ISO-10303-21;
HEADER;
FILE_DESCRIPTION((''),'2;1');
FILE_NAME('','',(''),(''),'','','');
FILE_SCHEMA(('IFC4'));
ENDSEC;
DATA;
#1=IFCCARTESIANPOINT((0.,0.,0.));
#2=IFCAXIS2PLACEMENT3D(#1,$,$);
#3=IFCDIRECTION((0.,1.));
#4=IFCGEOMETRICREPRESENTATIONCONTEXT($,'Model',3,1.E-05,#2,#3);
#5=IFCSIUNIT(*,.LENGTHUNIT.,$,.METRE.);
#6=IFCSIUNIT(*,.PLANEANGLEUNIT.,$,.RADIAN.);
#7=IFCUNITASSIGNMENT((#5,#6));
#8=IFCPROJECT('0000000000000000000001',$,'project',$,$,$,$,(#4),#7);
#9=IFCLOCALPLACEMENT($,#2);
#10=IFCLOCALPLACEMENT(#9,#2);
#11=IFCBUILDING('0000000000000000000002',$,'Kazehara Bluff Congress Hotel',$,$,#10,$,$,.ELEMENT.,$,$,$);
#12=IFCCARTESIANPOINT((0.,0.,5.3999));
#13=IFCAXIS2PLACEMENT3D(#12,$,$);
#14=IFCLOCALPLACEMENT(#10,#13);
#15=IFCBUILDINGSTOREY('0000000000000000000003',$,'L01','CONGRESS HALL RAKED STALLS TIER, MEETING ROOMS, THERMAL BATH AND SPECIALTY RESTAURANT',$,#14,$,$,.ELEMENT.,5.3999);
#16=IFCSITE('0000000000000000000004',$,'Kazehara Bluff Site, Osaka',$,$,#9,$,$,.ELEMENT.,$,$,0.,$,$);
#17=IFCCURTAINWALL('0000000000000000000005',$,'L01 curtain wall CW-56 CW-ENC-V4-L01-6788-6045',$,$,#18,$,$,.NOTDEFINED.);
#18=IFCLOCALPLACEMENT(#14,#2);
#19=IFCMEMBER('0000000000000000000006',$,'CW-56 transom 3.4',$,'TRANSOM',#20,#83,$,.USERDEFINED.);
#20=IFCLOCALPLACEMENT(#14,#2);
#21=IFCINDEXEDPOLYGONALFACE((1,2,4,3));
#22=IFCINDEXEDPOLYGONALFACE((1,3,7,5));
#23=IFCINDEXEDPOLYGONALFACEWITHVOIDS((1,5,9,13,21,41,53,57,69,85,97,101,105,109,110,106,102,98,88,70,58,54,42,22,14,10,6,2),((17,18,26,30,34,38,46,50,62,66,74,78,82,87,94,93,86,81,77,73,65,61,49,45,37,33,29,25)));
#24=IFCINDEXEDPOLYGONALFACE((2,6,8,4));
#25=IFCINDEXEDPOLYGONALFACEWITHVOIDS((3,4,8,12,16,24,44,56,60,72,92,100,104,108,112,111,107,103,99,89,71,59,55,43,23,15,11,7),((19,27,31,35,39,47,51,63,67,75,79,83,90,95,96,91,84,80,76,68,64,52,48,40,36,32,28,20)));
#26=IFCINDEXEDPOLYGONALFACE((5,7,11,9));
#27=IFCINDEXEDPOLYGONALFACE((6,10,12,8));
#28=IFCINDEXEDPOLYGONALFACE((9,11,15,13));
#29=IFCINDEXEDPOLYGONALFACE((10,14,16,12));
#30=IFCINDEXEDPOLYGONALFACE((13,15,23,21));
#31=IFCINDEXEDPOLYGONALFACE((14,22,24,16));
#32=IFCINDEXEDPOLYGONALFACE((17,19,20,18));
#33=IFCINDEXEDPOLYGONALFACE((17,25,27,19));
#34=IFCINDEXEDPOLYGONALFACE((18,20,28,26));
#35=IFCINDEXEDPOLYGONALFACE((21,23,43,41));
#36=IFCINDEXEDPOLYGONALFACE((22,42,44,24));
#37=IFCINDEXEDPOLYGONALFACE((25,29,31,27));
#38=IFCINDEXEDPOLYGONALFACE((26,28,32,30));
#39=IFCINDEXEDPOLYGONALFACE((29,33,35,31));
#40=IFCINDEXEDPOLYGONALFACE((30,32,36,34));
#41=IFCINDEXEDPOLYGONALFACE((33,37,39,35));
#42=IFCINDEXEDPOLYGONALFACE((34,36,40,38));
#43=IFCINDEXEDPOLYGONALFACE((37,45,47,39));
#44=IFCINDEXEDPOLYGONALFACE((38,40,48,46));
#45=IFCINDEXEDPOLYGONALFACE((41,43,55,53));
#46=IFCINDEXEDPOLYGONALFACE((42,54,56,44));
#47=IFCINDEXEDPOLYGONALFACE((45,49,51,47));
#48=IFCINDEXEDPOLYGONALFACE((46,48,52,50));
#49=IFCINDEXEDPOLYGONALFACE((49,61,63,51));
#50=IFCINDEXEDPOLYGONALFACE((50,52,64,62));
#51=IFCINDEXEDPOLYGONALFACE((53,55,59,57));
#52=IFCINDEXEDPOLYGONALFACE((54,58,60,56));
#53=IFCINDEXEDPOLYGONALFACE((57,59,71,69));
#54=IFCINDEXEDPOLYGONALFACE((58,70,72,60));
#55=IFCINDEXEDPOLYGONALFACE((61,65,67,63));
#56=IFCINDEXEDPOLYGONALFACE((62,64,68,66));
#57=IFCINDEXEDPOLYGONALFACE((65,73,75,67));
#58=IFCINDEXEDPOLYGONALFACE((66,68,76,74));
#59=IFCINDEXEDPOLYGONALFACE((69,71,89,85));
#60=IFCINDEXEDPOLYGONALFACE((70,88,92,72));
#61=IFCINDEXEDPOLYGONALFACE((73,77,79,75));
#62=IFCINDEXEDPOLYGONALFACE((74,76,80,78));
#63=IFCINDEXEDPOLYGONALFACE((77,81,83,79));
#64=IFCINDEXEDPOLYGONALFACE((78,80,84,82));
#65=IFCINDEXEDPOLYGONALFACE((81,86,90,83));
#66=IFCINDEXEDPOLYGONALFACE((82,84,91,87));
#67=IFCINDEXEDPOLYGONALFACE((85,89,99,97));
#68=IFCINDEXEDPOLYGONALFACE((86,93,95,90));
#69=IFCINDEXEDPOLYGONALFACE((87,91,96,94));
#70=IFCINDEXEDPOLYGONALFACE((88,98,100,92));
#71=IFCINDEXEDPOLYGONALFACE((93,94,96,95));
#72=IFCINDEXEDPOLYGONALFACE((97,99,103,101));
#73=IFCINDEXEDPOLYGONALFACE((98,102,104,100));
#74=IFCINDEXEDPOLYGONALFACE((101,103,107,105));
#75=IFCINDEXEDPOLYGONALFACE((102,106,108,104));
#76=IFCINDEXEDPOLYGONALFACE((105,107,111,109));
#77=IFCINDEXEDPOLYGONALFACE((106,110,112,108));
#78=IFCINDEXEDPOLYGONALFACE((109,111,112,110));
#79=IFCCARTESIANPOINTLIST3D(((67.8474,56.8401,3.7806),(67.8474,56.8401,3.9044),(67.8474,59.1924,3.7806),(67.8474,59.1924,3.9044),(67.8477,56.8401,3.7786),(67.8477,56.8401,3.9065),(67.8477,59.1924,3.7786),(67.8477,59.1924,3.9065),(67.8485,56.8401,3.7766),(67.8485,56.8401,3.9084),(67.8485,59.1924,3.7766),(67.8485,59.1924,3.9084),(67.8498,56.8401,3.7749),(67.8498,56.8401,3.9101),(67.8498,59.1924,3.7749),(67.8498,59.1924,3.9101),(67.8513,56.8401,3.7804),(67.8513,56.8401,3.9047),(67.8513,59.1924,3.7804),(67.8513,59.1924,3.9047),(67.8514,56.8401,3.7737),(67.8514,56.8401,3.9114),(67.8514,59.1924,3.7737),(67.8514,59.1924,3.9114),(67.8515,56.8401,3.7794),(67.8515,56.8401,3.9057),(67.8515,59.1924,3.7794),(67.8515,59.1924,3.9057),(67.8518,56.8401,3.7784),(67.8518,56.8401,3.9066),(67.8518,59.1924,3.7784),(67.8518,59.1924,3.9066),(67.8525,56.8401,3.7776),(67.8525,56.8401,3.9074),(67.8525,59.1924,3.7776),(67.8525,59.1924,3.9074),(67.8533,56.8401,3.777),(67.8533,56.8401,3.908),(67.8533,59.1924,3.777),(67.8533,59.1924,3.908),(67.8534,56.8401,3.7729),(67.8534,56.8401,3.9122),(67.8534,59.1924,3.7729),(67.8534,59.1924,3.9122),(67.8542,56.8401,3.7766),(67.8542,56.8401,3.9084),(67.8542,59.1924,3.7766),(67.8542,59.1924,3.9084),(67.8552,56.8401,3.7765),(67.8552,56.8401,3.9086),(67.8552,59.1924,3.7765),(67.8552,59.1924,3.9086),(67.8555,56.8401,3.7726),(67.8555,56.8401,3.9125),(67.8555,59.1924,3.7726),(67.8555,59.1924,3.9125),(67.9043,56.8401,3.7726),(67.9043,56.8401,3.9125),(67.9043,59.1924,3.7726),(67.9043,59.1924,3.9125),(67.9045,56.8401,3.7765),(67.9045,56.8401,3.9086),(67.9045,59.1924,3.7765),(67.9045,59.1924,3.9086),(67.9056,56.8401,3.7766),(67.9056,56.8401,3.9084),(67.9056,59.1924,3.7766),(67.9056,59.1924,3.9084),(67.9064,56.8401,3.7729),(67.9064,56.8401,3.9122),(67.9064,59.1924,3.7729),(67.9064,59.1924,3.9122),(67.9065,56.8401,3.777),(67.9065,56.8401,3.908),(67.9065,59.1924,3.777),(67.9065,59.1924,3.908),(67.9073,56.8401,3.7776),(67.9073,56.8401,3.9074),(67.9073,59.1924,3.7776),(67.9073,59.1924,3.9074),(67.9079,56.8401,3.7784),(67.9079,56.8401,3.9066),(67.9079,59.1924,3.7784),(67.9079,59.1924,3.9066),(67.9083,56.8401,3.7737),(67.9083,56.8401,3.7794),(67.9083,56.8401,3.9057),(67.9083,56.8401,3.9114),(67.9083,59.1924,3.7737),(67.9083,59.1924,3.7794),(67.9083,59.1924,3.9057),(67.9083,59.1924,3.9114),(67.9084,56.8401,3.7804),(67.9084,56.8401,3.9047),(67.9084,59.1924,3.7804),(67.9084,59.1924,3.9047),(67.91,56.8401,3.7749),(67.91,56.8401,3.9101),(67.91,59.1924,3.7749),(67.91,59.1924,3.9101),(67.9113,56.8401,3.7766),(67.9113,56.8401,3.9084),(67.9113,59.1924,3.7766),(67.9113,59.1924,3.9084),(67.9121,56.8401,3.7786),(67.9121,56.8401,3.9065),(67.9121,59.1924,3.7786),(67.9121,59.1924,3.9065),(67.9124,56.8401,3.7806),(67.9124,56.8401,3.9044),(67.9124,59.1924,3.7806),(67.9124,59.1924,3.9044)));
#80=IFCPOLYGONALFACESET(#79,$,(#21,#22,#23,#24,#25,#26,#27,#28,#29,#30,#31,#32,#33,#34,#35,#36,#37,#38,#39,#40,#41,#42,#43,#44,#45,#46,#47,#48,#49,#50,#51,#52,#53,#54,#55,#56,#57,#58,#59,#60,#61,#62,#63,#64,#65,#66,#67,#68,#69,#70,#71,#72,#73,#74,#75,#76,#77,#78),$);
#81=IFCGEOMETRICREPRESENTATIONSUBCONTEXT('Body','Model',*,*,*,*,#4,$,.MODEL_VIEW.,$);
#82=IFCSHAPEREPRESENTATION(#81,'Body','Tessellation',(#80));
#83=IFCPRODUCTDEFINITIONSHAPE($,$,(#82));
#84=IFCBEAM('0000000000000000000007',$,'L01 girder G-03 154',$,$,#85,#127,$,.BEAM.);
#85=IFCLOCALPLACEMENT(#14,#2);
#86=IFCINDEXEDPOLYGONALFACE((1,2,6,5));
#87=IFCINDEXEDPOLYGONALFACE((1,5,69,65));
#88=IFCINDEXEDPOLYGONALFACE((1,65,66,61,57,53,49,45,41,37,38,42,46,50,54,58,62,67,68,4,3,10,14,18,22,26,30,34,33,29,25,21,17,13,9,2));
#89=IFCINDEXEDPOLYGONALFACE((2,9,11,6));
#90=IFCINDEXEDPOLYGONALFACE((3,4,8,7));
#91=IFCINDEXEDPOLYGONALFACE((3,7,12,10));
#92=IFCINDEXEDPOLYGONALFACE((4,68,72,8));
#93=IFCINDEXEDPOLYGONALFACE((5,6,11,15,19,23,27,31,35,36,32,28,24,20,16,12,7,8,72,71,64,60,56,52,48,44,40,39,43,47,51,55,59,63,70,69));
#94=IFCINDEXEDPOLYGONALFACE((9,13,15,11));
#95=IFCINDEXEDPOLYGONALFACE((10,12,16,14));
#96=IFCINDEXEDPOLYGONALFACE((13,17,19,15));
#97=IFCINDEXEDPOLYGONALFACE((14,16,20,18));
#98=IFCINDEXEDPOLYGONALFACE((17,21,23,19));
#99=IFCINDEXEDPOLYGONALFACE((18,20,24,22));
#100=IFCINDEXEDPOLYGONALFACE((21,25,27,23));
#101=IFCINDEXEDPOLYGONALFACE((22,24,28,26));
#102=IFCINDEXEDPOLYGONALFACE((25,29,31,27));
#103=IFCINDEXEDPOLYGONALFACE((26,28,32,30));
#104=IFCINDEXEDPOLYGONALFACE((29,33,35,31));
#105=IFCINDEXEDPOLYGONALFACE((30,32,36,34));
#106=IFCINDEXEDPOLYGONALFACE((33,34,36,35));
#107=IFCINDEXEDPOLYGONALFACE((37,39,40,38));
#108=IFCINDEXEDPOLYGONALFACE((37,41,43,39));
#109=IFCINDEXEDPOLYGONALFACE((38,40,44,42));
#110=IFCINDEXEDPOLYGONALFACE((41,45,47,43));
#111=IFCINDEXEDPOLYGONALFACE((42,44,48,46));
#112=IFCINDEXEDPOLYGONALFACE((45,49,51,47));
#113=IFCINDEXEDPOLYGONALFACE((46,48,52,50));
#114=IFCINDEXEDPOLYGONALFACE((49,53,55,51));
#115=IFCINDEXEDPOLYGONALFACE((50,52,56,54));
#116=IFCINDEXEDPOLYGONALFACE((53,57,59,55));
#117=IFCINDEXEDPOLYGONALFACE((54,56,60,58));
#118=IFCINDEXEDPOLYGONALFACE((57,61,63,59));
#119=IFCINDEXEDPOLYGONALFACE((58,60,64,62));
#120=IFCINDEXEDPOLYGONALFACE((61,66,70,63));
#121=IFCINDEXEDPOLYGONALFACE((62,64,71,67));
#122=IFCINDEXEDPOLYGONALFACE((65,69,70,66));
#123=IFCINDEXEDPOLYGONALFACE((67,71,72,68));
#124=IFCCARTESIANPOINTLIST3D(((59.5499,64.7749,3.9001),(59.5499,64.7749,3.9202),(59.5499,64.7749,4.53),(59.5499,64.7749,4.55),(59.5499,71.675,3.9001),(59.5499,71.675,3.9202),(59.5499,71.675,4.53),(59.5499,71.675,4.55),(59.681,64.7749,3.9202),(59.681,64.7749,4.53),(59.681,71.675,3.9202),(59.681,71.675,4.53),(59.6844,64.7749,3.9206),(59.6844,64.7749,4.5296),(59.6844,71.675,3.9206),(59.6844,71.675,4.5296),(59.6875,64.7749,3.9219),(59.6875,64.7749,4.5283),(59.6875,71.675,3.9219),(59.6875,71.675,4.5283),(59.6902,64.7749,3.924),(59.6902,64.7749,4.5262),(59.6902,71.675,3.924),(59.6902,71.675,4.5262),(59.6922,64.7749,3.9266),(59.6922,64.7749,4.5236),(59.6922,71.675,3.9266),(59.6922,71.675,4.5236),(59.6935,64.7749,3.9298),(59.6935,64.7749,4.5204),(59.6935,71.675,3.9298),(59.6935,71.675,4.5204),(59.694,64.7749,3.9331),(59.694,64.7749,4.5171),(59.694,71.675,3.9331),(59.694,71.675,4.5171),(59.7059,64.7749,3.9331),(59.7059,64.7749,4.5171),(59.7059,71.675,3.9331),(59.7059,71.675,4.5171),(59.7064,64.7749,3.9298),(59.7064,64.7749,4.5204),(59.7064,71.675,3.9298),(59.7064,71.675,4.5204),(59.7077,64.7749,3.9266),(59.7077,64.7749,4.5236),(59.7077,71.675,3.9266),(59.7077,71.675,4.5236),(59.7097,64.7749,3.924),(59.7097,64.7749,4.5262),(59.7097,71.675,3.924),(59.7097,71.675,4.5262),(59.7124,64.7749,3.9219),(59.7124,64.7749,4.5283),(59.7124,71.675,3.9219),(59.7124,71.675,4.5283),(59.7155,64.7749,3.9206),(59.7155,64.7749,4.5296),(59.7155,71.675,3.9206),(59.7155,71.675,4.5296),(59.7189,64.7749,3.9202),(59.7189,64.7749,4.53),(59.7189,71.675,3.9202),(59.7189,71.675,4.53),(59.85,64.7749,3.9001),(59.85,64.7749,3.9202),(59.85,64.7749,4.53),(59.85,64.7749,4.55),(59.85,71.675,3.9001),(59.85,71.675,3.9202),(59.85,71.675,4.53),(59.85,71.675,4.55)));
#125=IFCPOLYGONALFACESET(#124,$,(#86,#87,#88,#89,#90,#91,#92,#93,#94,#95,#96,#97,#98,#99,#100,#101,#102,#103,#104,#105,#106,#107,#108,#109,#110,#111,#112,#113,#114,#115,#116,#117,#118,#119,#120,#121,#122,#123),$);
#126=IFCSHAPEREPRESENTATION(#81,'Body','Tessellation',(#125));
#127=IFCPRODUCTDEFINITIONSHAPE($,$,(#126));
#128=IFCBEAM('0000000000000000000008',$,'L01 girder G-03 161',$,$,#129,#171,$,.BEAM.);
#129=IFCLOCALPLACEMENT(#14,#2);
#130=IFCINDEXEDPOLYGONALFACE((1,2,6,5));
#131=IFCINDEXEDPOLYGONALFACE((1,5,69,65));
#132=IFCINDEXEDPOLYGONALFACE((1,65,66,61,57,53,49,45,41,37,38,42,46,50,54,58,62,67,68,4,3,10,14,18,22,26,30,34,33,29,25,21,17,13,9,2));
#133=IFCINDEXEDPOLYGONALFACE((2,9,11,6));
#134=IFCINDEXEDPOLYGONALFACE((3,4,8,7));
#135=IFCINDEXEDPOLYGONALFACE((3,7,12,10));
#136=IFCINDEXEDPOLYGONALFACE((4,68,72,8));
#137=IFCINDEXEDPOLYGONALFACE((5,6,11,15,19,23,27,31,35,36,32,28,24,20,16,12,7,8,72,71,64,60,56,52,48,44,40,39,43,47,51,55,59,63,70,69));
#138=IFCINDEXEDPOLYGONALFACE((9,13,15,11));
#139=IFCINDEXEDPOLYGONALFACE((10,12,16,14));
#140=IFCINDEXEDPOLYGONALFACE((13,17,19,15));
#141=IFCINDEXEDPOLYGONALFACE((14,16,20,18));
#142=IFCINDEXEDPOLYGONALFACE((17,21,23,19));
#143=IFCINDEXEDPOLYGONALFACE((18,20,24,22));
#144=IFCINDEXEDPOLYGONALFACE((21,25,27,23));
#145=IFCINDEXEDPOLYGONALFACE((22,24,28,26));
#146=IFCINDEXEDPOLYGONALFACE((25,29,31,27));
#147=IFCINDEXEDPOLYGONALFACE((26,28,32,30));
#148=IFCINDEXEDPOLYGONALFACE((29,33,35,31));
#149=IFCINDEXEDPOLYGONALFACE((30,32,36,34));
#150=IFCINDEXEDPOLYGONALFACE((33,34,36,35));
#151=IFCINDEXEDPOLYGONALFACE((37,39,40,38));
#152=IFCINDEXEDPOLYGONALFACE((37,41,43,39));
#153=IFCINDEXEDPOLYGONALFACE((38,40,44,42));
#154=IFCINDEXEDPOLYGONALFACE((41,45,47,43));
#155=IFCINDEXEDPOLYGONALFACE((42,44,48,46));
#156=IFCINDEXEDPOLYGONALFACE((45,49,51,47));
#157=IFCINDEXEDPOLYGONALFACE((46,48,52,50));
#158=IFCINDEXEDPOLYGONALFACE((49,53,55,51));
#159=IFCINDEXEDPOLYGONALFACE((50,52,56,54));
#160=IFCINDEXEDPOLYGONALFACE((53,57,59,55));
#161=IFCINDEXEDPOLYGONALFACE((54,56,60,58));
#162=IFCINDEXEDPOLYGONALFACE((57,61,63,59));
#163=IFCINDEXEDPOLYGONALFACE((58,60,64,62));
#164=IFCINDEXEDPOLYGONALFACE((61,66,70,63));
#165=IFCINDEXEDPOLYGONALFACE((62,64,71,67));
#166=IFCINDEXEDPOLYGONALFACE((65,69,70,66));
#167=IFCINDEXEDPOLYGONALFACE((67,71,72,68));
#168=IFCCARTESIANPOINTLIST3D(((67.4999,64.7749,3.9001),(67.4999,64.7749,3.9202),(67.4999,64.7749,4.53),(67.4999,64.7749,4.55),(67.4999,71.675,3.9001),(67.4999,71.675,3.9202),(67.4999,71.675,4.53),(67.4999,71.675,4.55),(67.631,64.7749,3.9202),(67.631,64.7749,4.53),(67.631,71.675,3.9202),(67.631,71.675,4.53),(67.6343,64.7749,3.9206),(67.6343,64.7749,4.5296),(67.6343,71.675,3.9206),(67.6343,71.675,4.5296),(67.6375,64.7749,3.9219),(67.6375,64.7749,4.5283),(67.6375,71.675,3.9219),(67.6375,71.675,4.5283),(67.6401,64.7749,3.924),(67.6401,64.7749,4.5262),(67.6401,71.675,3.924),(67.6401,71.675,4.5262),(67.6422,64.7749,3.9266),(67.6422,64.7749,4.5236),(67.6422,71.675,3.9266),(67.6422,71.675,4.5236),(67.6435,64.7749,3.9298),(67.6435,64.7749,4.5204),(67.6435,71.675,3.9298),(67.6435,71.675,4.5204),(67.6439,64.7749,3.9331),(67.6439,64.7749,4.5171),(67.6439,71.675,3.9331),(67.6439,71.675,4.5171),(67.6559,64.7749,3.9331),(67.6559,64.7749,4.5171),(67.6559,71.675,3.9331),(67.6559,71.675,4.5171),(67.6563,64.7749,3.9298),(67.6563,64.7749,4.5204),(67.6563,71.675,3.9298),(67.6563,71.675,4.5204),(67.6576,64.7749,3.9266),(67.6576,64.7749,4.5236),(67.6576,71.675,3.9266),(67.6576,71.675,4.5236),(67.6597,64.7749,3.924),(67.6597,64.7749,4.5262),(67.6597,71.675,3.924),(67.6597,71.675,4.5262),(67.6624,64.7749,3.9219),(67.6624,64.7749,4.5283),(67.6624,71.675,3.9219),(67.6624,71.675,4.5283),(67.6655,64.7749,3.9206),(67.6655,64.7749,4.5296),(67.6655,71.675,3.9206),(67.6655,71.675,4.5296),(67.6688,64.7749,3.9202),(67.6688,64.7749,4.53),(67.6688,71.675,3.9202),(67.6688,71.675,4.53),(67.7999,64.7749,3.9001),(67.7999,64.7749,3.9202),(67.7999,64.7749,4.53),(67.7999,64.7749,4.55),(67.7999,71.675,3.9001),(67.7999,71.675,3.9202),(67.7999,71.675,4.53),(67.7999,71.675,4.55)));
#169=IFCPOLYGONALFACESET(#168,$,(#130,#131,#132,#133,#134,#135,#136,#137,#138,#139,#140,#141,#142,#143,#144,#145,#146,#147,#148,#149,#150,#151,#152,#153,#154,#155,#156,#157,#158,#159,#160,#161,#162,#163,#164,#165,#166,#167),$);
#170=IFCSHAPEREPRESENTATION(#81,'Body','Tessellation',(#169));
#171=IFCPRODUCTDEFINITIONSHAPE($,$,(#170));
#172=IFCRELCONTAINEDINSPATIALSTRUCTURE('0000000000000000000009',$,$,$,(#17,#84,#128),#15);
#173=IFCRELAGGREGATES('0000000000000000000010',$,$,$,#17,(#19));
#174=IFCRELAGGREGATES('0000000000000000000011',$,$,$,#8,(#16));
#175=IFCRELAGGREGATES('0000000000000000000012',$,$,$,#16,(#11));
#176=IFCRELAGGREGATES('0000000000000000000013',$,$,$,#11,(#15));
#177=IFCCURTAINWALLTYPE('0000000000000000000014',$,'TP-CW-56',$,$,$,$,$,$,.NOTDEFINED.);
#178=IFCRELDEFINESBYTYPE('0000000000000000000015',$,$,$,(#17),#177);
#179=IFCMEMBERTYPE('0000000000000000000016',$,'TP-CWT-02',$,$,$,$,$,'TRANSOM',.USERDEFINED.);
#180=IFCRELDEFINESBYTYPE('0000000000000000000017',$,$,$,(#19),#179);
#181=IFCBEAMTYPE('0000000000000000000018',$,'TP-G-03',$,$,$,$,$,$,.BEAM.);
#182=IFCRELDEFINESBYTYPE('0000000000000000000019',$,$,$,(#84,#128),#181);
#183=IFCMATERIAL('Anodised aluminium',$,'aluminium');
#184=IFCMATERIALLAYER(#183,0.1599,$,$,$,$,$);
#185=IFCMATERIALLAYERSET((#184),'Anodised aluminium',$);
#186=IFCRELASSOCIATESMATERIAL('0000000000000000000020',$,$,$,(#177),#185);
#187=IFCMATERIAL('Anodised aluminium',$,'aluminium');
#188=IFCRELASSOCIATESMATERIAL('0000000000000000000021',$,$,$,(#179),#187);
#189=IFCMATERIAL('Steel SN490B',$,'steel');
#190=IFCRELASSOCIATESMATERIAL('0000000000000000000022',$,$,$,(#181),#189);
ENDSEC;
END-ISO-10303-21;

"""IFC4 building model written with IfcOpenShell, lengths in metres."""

from ifc_helpers import new_model, si_unit, direction, frame, origin, origin_2d, place, context, subcontext, project, spatial, hollow_rectangle, i_section, extrude, material, layer, layer_set, material_profile, profile_set, type_object, element, aggregate, save


model = new_model("IFC4")

# Units and contexts
model_context = context("Model", 3, precision=1e-05, world=origin(), true_north=direction((0.0, 1.0)))
body_context = subcontext(model_context, "Body", "Model", "MODEL_VIEW")
ifc_project = project(units=[si_unit("LENGTHUNIT", "METRE"), si_unit("PLANEANGLEUNIT", "RADIAN")], contexts=[model_context])

# Site, building, storey
site_placement = place(None, origin())
site = spatial("IfcSite", under=ifc_project, at=site_placement, Name="Kazehara Bluff Site, Osaka", CompositionType="ELEMENT", RefElevation=0.0)
building_placement = place(site_placement, origin())
building = spatial("IfcBuilding", under=site, at=building_placement, Name="Kazehara Bluff Congress Hotel", CompositionType="ELEMENT")
storey_placement = place(building_placement, frame((0.0, 0.0, 5.3999)))
storey = spatial("IfcBuildingStorey", under=building, at=storey_placement, Name="L01", Description="CONGRESS HALL RAKED STALLS TIER, MEETING ROOMS, THERMAL BATH AND SPECIALTY RESTAURANT", CompositionType="ELEMENT", Elevation=5.3999)

# Curtain wall
ifc_material_1 = material(Name="Anodised aluminium", Category="aluminium")
ifc_layer_1 = layer(ifc_material_1, 0.1599)
ifc_layer_set_1 = layer_set([ifc_layer_1], Name="Anodised aluminium")
curtain_wall_type_1 = type_object("IfcCurtainWallType", Name="TP-CW-56", PredefinedType="NOTDEFINED", material=ifc_layer_set_1)
curtain_wall_1_placement = place(storey_placement, origin())
curtain_wall_1 = element("IfcCurtainWall", 1, at=curtain_wall_1_placement, inside=storey, type_object=curtain_wall_type_1, Name="L01 curtain wall CW-56 CW-ENC-V4-L01-6788-6045", PredefinedType="NOTDEFINED")

# Member
ifc_material_2 = material(Name="Anodised aluminium", Category="aluminium")
ifc_material_profile_1 = material_profile(ifc_material_2, hollow_rectangle(XDim=0.0649, YDim=0.1399, WallThickness=0.0039, InnerFilletRadius=0.0039, OuterFilletRadius=0.0081, at=origin_2d()))
ifc_profile_set_1 = profile_set([ifc_material_profile_1], Name="Anodised aluminium")
member_type_1 = type_object("IfcMemberType", Name="TP-CWT-02", ElementType="TRANSOM", PredefinedType="USERDEFINED", material=ifc_profile_set_1)
member_1_placement = place(storey_placement, frame((67.8799, 59.1924, 3.8425), z_axis=(0.0, -1.0, 0.0), x_axis=(1.0, 0.0, 0.0)))
member_1 = element("IfcMember", 2, at=member_1_placement, type_object=member_type_1, Name="CW-56 transom 3.4", ObjectType="TRANSOM", PredefinedType="USERDEFINED", context=body_context, shape_type="SweptSolid", body=[
    extrude(hollow_rectangle(XDim=0.0649, YDim=0.1399, WallThickness=0.0039, InnerFilletRadius=0.0039, OuterFilletRadius=0.0081, at=origin_2d()), origin(), (0.0, 0.0, 1.0), 2.3523),
])

# Beams
ifc_material_3 = material(Name="Steel SN490B", Category="steel")
ifc_material_profile_2 = material_profile(ifc_material_3, i_section(OverallWidth=0.3, OverallDepth=0.6499, WebThickness=0.012, FlangeThickness=0.02, FilletRadius=0.0129, at=origin_2d()))
ifc_profile_set_2 = profile_set([ifc_material_profile_2], Name="Steel SN490B")
beam_type_1 = type_object("IfcBeamType", Name="TP-G-03", PredefinedType="BEAM", material=ifc_profile_set_2)
for number, where, z_axis, x_axis, name in (
    (3, (59.7, 64.7749, 4.2251), (0.0, 1.0, 0.0), (-1.0, 0.0, 0.0), "L01 girder G-03 154"),
    (4, (67.6499, 64.7749, 4.2251), (0.0, 1.0, 0.0), (-1.0, 0.0, 0.0), "L01 girder G-03 161"),
):
    element("IfcBeam", number, at=place(storey_placement, frame(where, z_axis=z_axis, x_axis=x_axis)), inside=storey, type_object=beam_type_1, Name=name, PredefinedType="BEAM", context=body_context, shape_type="SweptSolid", body=[
        extrude(i_section(OverallWidth=0.3, OverallDepth=0.6499, WebThickness=0.012, FlangeThickness=0.02, FilletRadius=0.0129, at=origin_2d()), origin(), (0.0, 0.0, 1.0), 6.9001),
    ])

aggregate(curtain_wall_1, [member_1])

save(model, "model.ifc")
